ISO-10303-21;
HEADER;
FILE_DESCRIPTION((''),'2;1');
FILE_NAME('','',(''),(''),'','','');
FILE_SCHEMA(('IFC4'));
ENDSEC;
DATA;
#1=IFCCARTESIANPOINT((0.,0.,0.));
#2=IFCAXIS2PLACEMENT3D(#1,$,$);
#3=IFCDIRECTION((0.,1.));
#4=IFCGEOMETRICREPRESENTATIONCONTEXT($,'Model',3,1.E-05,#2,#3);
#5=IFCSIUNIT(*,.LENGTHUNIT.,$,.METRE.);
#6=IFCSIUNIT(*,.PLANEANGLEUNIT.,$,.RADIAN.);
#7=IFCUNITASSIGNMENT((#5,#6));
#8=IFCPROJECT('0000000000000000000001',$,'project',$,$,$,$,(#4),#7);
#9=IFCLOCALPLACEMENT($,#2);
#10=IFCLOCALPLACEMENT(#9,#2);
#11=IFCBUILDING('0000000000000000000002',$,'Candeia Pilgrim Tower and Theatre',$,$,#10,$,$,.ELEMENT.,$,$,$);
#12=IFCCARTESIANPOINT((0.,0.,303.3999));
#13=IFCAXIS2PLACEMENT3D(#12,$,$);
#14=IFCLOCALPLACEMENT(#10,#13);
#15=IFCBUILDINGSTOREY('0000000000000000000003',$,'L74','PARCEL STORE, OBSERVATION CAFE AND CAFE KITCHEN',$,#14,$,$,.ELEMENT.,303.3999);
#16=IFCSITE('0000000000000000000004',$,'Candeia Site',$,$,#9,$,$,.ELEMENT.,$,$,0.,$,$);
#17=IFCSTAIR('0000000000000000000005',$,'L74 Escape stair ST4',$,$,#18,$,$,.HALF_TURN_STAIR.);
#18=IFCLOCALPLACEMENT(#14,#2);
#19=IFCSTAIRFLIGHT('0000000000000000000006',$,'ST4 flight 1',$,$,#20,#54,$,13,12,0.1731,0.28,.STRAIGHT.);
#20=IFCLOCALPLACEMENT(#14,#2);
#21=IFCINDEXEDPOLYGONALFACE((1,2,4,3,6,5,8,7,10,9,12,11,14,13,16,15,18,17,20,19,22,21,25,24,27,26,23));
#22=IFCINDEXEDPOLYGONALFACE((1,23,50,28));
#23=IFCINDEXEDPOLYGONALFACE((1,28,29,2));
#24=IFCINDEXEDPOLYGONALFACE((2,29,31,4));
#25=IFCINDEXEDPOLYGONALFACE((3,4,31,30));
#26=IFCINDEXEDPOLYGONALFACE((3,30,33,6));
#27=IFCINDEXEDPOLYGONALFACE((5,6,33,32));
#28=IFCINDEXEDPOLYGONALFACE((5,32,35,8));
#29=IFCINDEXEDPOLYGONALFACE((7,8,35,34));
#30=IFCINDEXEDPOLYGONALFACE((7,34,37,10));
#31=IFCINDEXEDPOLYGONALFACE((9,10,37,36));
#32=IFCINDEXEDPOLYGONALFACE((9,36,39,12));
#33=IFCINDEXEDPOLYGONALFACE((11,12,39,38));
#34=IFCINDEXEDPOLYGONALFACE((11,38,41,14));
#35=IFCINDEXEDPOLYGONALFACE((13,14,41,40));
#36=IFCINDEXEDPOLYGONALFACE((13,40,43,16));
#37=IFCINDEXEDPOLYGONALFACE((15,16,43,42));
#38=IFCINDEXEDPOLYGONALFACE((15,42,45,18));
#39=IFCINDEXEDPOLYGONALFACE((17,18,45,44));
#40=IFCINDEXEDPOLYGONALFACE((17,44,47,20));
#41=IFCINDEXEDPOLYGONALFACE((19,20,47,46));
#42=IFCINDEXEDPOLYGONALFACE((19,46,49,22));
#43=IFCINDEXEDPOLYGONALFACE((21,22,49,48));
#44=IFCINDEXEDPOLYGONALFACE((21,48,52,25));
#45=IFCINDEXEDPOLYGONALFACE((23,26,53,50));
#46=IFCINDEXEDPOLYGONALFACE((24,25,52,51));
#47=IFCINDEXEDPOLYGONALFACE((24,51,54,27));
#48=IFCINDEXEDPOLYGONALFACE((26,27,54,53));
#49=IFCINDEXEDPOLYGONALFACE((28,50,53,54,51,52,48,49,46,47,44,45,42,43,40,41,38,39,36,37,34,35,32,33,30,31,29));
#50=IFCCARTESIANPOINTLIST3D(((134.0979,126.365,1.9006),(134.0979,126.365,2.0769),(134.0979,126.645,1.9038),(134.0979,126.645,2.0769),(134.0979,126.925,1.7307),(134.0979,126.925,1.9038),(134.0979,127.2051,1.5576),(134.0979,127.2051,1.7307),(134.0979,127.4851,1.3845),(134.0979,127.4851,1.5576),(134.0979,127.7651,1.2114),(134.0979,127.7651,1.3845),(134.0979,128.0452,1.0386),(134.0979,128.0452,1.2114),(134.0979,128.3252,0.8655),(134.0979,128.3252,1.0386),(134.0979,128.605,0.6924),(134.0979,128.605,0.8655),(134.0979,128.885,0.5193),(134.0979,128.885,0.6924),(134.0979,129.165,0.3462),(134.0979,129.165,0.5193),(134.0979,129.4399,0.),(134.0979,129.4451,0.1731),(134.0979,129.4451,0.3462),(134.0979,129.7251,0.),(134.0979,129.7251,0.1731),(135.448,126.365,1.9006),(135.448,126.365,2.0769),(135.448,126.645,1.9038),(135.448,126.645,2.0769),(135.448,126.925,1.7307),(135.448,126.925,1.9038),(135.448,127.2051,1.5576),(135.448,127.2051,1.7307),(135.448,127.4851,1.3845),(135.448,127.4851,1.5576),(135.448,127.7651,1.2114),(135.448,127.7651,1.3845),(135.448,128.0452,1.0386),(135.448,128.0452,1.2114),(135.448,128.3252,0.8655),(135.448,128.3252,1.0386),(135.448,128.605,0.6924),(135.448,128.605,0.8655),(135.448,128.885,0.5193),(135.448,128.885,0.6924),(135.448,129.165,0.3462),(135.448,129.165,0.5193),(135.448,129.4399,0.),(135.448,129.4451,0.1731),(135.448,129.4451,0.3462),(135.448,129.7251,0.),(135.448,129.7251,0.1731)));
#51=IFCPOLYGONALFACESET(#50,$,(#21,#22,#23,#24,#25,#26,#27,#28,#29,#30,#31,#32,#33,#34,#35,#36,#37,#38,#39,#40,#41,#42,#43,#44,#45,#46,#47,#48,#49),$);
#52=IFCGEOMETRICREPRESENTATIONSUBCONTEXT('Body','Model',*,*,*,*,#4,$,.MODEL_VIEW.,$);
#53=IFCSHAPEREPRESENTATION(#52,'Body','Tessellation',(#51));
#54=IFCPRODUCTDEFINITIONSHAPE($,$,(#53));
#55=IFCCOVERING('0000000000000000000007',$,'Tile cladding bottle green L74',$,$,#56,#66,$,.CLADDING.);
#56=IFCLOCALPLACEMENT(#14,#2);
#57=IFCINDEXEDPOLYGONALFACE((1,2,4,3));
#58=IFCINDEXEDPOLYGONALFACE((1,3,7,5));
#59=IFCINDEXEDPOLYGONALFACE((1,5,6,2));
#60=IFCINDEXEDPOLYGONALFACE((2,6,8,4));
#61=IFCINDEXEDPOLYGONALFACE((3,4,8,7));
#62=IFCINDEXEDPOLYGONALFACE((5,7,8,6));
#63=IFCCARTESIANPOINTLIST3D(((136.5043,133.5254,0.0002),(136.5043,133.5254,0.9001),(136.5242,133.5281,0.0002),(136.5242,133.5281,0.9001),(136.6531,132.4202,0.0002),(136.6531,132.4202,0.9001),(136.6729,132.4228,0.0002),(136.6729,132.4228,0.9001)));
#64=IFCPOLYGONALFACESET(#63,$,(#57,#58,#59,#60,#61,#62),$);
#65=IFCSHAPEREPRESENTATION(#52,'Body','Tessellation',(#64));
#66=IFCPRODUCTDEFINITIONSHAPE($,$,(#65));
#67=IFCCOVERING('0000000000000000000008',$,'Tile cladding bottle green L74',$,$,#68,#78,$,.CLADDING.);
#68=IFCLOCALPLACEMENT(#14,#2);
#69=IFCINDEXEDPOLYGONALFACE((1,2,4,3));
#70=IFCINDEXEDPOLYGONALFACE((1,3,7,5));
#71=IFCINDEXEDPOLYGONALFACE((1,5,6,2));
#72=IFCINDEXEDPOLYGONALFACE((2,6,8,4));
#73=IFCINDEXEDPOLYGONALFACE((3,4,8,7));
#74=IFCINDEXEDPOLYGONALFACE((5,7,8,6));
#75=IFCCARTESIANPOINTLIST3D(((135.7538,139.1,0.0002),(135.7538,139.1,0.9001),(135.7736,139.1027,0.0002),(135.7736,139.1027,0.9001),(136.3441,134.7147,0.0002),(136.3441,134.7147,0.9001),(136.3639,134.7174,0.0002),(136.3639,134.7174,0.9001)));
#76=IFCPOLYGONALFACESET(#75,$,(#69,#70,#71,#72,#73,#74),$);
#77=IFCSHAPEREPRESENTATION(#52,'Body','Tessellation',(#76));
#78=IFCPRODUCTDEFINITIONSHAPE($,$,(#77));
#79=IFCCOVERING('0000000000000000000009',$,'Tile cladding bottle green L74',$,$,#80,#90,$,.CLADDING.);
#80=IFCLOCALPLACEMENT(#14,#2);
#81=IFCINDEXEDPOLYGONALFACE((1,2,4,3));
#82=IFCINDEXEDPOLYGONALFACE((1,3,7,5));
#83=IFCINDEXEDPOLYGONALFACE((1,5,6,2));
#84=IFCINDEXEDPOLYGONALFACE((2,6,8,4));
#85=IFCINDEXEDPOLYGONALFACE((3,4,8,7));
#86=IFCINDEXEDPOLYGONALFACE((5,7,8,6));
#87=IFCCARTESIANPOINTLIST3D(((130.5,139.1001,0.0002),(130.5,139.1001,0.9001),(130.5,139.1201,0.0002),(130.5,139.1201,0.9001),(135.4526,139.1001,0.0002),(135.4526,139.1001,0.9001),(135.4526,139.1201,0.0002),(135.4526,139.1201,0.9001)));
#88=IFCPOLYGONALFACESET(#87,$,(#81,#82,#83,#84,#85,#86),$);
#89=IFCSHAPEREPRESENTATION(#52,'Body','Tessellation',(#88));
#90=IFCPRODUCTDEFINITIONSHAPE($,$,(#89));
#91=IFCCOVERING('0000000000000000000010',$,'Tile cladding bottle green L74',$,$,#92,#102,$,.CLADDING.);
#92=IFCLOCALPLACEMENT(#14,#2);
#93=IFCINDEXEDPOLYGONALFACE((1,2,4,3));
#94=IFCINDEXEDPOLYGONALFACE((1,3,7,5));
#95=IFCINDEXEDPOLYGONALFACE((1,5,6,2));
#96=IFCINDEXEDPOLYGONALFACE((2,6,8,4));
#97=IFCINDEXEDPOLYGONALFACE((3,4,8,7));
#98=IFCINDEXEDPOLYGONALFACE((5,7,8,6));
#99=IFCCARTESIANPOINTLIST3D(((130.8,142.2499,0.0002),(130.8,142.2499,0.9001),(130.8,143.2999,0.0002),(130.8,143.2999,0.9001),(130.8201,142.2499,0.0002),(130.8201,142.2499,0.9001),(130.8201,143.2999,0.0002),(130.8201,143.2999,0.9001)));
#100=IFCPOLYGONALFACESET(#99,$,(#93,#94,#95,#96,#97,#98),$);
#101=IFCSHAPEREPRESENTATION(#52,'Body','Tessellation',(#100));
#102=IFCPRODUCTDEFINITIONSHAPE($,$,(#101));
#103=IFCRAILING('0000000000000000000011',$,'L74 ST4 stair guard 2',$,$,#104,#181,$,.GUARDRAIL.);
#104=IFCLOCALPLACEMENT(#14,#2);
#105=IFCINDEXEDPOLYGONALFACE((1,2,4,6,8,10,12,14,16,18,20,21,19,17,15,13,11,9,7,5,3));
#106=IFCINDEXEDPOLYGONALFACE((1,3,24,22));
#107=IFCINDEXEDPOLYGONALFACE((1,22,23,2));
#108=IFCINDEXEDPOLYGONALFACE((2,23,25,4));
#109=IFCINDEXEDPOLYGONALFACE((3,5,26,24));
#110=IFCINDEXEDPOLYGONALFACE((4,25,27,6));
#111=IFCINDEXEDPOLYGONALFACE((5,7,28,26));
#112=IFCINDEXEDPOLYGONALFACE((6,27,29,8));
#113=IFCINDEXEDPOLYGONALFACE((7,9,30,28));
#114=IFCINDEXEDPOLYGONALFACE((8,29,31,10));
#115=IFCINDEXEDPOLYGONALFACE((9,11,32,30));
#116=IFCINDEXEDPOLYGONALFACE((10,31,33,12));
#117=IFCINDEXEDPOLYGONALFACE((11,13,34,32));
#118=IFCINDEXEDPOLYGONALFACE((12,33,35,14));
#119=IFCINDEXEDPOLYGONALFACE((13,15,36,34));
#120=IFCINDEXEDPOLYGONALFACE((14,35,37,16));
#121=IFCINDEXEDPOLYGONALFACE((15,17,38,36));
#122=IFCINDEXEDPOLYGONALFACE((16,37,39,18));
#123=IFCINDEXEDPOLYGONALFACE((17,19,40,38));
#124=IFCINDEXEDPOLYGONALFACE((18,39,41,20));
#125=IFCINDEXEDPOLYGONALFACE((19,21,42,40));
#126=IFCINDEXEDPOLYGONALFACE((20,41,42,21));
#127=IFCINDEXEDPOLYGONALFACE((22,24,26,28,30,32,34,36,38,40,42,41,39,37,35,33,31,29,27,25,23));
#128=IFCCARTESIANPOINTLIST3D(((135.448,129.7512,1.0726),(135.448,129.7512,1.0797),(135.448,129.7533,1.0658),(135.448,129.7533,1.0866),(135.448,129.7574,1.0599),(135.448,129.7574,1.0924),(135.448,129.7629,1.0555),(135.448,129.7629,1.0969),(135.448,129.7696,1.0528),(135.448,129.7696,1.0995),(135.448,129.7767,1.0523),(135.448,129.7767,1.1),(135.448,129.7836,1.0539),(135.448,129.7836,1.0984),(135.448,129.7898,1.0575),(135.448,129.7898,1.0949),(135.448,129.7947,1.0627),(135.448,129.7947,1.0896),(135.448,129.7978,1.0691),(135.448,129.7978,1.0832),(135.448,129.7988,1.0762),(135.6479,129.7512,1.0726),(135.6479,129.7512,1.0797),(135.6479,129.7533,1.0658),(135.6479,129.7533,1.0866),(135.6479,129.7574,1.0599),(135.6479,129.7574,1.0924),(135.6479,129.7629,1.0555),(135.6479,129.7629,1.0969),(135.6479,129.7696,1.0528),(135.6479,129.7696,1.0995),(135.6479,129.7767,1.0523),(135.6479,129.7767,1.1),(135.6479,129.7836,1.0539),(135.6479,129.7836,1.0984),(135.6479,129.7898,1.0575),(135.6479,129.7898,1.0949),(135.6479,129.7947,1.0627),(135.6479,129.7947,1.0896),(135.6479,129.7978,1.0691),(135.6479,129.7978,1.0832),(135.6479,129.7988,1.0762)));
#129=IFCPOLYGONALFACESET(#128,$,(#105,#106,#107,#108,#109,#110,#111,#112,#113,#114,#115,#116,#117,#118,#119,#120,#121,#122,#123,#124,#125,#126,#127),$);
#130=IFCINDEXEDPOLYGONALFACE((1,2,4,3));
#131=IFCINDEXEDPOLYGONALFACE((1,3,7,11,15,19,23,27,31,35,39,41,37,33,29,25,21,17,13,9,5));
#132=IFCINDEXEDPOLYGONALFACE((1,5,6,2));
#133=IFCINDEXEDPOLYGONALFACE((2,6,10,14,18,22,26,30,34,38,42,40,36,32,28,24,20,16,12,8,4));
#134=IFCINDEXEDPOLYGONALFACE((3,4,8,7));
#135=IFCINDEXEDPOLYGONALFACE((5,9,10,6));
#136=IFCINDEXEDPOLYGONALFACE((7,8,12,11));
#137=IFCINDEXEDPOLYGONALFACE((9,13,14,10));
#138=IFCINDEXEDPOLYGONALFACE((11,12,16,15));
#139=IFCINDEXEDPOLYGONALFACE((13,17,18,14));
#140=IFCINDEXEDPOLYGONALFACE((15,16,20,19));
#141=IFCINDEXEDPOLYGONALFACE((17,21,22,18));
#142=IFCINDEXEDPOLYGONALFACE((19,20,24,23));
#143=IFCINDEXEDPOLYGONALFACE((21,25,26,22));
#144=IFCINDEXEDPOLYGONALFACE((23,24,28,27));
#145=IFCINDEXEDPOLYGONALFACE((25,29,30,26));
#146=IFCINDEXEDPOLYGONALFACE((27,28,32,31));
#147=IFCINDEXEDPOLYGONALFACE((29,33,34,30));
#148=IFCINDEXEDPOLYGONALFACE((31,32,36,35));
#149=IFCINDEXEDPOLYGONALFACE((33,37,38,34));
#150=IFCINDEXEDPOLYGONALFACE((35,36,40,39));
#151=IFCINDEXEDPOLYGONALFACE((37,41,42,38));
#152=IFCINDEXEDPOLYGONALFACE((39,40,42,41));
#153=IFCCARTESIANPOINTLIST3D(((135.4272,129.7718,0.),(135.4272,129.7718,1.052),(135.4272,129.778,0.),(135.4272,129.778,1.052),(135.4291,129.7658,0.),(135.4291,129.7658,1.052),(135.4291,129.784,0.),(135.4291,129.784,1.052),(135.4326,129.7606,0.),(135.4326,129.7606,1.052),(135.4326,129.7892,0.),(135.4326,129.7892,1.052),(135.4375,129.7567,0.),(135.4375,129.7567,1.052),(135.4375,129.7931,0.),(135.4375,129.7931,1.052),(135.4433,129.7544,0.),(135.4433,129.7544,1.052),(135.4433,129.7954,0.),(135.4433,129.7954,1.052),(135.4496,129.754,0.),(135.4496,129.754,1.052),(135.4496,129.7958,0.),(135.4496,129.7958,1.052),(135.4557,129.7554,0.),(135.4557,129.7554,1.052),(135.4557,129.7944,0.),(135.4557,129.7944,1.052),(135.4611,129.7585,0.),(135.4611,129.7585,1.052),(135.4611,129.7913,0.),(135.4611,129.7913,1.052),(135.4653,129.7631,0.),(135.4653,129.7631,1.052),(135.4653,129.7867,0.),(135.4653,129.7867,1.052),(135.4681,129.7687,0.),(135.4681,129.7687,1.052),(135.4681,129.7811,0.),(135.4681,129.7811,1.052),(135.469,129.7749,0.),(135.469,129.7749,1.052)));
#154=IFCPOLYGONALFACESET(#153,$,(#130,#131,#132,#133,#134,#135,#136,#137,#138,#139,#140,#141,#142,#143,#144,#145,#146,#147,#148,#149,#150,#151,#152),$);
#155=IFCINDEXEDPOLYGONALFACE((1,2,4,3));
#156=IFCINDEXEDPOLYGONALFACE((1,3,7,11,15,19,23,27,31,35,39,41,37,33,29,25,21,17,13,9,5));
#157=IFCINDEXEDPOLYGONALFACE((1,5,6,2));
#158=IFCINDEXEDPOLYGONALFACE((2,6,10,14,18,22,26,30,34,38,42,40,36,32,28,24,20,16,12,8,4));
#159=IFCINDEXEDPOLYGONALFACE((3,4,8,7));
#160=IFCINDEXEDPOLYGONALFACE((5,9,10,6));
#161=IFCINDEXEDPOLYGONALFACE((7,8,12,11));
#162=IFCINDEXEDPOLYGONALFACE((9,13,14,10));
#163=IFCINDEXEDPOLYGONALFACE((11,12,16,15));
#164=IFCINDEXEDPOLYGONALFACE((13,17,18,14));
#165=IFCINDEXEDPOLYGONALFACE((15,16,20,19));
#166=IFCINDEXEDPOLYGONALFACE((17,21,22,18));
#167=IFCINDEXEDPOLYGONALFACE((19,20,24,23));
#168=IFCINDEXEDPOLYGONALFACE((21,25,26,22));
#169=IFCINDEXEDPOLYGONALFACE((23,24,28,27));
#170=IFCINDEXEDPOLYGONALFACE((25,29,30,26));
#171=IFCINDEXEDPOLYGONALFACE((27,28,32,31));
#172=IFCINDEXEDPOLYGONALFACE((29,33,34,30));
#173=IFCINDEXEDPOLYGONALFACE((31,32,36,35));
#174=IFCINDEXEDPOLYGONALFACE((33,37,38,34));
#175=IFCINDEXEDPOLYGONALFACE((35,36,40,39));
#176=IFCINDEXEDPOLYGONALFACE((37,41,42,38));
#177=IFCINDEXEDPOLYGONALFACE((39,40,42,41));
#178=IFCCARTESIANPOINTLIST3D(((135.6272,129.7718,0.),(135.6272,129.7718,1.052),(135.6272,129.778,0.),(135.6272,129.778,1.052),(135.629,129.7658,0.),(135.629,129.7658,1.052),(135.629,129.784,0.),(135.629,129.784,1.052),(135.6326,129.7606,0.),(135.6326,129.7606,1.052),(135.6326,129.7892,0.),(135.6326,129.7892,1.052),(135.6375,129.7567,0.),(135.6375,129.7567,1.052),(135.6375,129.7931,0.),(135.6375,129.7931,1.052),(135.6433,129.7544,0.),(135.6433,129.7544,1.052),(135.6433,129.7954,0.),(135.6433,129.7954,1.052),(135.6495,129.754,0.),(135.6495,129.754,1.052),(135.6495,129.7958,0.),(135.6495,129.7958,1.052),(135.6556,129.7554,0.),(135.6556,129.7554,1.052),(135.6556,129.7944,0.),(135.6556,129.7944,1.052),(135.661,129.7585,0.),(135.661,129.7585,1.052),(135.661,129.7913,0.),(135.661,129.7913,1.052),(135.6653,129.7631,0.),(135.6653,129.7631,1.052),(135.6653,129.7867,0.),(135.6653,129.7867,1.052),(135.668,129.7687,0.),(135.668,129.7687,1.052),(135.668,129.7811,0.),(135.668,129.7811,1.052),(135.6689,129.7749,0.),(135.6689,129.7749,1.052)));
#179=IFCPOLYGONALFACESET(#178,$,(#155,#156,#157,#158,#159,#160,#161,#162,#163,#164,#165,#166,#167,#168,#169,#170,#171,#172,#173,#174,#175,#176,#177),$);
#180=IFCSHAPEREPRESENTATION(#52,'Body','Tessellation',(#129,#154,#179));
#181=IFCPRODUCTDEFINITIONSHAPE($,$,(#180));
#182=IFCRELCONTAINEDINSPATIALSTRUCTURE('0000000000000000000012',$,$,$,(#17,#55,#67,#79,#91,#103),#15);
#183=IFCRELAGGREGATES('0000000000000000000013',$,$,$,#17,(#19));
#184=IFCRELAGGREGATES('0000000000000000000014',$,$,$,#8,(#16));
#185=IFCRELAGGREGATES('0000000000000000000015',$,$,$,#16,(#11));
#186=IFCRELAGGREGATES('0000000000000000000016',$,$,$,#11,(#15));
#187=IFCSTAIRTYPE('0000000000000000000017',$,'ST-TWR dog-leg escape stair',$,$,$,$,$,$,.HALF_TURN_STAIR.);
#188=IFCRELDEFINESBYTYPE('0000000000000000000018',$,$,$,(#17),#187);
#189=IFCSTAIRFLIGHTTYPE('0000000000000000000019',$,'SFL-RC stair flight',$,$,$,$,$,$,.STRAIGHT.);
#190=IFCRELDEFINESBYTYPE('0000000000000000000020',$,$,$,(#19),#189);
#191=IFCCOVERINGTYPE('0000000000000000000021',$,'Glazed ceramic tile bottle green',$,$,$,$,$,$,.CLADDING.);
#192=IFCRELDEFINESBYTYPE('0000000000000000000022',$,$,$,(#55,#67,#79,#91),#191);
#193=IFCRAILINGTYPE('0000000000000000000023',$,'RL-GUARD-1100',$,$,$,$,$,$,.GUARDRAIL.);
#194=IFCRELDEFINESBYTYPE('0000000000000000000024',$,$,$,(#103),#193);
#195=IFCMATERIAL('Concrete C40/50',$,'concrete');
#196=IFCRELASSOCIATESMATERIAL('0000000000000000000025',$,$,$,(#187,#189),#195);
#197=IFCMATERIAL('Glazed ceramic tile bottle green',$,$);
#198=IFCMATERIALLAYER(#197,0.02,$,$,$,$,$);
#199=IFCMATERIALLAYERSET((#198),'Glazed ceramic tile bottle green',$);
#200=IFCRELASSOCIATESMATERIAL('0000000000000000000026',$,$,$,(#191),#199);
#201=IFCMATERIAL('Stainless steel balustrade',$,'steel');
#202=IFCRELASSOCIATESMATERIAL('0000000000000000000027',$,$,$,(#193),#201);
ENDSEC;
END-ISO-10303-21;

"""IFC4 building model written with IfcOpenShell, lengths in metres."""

from ifc_helpers import new_model, si_unit, direction, frame, origin, origin_2d, place, context, subcontext, project, spatial, polyline, rectangle, circle, outline, extrude, material, layer, layer_set, type_object, element, aggregate, save


model = new_model("IFC4")

# Units and contexts
model_context = context("Model", 3, precision=1e-05, world=origin(), true_north=direction((0.0, 1.0)))
body_context = subcontext(model_context, "Body", "Model", "MODEL_VIEW")
ifc_project = project(units=[si_unit("LENGTHUNIT", "METRE"), si_unit("PLANEANGLEUNIT", "RADIAN")], contexts=[model_context])

# Site, building, storey
site_placement = place(None, origin())
site = spatial("IfcSite", under=ifc_project, at=site_placement, Name="Candeia Site", CompositionType="ELEMENT", RefElevation=0.0)
building_placement = place(site_placement, origin())
building = spatial("IfcBuilding", under=site, at=building_placement, Name="Candeia Pilgrim Tower and Theatre", CompositionType="ELEMENT")
storey_placement = place(building_placement, frame((0.0, 0.0, 303.3999)))
storey = spatial("IfcBuildingStorey", under=building, at=storey_placement, Name="L74", Description="PARCEL STORE, OBSERVATION CAFE AND CAFE KITCHEN", CompositionType="ELEMENT", Elevation=303.3999)

# Shared definitions
ifc_material_1 = material(Name="Concrete C40/50", Category="concrete")

# Stair, stair flight
stair_type = type_object("IfcStairType", Name="ST-TWR dog-leg escape stair", PredefinedType="HALF_TURN_STAIR", material=ifc_material_1)
stair_placement = place(storey_placement, origin())
stair = element("IfcStair", 1, at=stair_placement, inside=storey, type_object=stair_type, Name="L74 Escape stair ST4", PredefinedType="HALF_TURN_STAIR")
stair_flight_type = type_object("IfcStairFlightType", Name="SFL-RC stair flight", PredefinedType="STRAIGHT", material=ifc_material_1)
stair_flight_placement = place(storey_placement, frame((134.7729, 129.7251, 0.0), z_axis=(0.0, 0.0, 1.0), x_axis=(0.0, -1.0, 0.0)))
stair_flight = element("IfcStairFlight", 2, at=stair_flight_placement, type_object=stair_flight_type, Name="ST4 flight 1", NumberOfRisers=13, NumberOfTreads=12, PredefinedType="STRAIGHT", RiserHeight=0.1731, TreadLength=0.28, context=body_context, shape_type="SweptSolid", body=[
    extrude(outline(polyline([(0.0, 0.0), (0.0, 0.1731), (0.28, 0.1731), (0.28, 0.3462), (0.5601, 0.3462), (0.5601, 0.5193), (0.8401, 0.5193), (0.8401, 0.6924), (1.1201, 0.6924), (1.1201, 0.8655), (1.3999, 0.8655), (1.3999, 1.0386), (1.6799, 1.0386), (1.6799, 1.2114), (1.96, 1.2114), (1.96, 1.3845), (2.24, 1.3845), (2.24, 1.5576), (2.52, 1.5576), (2.52, 1.7307), (2.8, 1.7307), (2.8, 1.9038), (3.0801, 1.9038), (3.0801, 2.0769), (3.3601, 2.0769), (3.3601, 2.25), (3.3601, 1.9006), (0.2852, 0.0), (0.0, 0.0)])), frame((0.0, 0.675, 0.0), z_axis=(0.0, -1.0, 0.0), x_axis=(1.0, 0.0, 0.0)), (0.0, 0.0, 1.0), 1.3501),
])
aggregate(stair, [stair_flight])

# Coverings
ifc_material_2 = material(Name="Glazed ceramic tile bottle green")
ifc_layer_1 = layer(ifc_material_2, 0.02)
ifc_layer_set_1 = layer_set([ifc_layer_1], Name="Glazed ceramic tile bottle green")
covering_type = type_object("IfcCoveringType", Name="Glazed ceramic tile bottle green", PredefinedType="CLADDING", material=ifc_layer_set_1)
covering_1_placement = place(storey_placement, frame((136.5886, 132.9741, 0.0002), z_axis=(0.0, 0.0, 1.0), x_axis=(-0.133412, 0.991061, 0.0)))
element("IfcCovering", 3, at=covering_1_placement, inside=storey, type_object=covering_type, Name="Tile cladding bottle green L74", PredefinedType="CLADDING", context=body_context, shape_type="SweptSolid", body=[
    extrude(rectangle(XDim=1.1152, YDim=0.02, at=origin_2d()), origin(), (0.0, 0.0, 1.0), 0.8999),
])
covering_2_placement = place(storey_placement, frame((136.0588, 136.9087, 0.0002), z_axis=(0.0, 0.0, 1.0), x_axis=(-0.133412, 0.991061, 0.0)))
element("IfcCovering", 4, at=covering_2_placement, inside=storey, type_object=covering_type, Name="Tile cladding bottle green L74", PredefinedType="CLADDING", context=body_context, shape_type="SweptSolid", body=[
    extrude(rectangle(XDim=4.4248, YDim=0.02, at=origin_2d()), origin(), (0.0, 0.0, 1.0), 0.8999),
])
covering_3_placement = place(storey_placement, frame((132.9763, 139.1101, 0.0002), z_axis=(0.0, 0.0, 1.0), x_axis=(-1.0, 0.0, 0.0)))
element("IfcCovering", 5, at=covering_3_placement, inside=storey, type_object=covering_type, Name="Tile cladding bottle green L74", PredefinedType="CLADDING", context=body_context, shape_type="SweptSolid", body=[
    extrude(rectangle(XDim=4.9526, YDim=0.02, at=origin_2d()), origin(), (0.0, 0.0, 1.0), 0.8999),
])
covering_4_placement = place(storey_placement, frame((130.8101, 142.7749, 0.0002), z_axis=(0.0, 0.0, 1.0), x_axis=(0.0, 1.0, 0.0)))
element("IfcCovering", 6, at=covering_4_placement, inside=storey, type_object=covering_type, Name="Tile cladding bottle green L74", PredefinedType="CLADDING", context=body_context, shape_type="SweptSolid", body=[
    extrude(rectangle(XDim=1.05, YDim=0.02, at=origin_2d()), origin(), (0.0, 0.0, 1.0), 0.8999),
])

# Railing
ifc_material_3 = material(Name="Stainless steel balustrade", Category="steel")
railing_type_1 = type_object("IfcRailingType", Name="RL-GUARD-1100", PredefinedType="GUARDRAIL", material=ifc_material_3)
railing_1_placement = place(storey_placement, frame((135.448, 129.7749, 0.0)))
element("IfcRailing", 7, at=railing_1_placement, inside=storey, type_object=railing_type_1, Name="L74 ST4 stair guard 2", PredefinedType="GUARDRAIL", context=body_context, shape_type="SweptSolid", body=[
    extrude(circle(Radius=0.0239, at=origin_2d()), frame((0.0, 0.0, 1.0762), z_axis=(1.0, 0.0, 0.0), x_axis=(0.0, 1.0, 0.0)), (0.0, 0.0, 1.0), 0.2),
    extrude(circle(Radius=0.021, at=origin_2d()), origin(), (0.0, 0.0, 1.0), 1.052),
    extrude(circle(Radius=0.021, at=origin_2d()), frame((0.2, 0.0, 0.0)), (0.0, 0.0, 1.0), 1.052),
])

save(model, "model.ifc")
